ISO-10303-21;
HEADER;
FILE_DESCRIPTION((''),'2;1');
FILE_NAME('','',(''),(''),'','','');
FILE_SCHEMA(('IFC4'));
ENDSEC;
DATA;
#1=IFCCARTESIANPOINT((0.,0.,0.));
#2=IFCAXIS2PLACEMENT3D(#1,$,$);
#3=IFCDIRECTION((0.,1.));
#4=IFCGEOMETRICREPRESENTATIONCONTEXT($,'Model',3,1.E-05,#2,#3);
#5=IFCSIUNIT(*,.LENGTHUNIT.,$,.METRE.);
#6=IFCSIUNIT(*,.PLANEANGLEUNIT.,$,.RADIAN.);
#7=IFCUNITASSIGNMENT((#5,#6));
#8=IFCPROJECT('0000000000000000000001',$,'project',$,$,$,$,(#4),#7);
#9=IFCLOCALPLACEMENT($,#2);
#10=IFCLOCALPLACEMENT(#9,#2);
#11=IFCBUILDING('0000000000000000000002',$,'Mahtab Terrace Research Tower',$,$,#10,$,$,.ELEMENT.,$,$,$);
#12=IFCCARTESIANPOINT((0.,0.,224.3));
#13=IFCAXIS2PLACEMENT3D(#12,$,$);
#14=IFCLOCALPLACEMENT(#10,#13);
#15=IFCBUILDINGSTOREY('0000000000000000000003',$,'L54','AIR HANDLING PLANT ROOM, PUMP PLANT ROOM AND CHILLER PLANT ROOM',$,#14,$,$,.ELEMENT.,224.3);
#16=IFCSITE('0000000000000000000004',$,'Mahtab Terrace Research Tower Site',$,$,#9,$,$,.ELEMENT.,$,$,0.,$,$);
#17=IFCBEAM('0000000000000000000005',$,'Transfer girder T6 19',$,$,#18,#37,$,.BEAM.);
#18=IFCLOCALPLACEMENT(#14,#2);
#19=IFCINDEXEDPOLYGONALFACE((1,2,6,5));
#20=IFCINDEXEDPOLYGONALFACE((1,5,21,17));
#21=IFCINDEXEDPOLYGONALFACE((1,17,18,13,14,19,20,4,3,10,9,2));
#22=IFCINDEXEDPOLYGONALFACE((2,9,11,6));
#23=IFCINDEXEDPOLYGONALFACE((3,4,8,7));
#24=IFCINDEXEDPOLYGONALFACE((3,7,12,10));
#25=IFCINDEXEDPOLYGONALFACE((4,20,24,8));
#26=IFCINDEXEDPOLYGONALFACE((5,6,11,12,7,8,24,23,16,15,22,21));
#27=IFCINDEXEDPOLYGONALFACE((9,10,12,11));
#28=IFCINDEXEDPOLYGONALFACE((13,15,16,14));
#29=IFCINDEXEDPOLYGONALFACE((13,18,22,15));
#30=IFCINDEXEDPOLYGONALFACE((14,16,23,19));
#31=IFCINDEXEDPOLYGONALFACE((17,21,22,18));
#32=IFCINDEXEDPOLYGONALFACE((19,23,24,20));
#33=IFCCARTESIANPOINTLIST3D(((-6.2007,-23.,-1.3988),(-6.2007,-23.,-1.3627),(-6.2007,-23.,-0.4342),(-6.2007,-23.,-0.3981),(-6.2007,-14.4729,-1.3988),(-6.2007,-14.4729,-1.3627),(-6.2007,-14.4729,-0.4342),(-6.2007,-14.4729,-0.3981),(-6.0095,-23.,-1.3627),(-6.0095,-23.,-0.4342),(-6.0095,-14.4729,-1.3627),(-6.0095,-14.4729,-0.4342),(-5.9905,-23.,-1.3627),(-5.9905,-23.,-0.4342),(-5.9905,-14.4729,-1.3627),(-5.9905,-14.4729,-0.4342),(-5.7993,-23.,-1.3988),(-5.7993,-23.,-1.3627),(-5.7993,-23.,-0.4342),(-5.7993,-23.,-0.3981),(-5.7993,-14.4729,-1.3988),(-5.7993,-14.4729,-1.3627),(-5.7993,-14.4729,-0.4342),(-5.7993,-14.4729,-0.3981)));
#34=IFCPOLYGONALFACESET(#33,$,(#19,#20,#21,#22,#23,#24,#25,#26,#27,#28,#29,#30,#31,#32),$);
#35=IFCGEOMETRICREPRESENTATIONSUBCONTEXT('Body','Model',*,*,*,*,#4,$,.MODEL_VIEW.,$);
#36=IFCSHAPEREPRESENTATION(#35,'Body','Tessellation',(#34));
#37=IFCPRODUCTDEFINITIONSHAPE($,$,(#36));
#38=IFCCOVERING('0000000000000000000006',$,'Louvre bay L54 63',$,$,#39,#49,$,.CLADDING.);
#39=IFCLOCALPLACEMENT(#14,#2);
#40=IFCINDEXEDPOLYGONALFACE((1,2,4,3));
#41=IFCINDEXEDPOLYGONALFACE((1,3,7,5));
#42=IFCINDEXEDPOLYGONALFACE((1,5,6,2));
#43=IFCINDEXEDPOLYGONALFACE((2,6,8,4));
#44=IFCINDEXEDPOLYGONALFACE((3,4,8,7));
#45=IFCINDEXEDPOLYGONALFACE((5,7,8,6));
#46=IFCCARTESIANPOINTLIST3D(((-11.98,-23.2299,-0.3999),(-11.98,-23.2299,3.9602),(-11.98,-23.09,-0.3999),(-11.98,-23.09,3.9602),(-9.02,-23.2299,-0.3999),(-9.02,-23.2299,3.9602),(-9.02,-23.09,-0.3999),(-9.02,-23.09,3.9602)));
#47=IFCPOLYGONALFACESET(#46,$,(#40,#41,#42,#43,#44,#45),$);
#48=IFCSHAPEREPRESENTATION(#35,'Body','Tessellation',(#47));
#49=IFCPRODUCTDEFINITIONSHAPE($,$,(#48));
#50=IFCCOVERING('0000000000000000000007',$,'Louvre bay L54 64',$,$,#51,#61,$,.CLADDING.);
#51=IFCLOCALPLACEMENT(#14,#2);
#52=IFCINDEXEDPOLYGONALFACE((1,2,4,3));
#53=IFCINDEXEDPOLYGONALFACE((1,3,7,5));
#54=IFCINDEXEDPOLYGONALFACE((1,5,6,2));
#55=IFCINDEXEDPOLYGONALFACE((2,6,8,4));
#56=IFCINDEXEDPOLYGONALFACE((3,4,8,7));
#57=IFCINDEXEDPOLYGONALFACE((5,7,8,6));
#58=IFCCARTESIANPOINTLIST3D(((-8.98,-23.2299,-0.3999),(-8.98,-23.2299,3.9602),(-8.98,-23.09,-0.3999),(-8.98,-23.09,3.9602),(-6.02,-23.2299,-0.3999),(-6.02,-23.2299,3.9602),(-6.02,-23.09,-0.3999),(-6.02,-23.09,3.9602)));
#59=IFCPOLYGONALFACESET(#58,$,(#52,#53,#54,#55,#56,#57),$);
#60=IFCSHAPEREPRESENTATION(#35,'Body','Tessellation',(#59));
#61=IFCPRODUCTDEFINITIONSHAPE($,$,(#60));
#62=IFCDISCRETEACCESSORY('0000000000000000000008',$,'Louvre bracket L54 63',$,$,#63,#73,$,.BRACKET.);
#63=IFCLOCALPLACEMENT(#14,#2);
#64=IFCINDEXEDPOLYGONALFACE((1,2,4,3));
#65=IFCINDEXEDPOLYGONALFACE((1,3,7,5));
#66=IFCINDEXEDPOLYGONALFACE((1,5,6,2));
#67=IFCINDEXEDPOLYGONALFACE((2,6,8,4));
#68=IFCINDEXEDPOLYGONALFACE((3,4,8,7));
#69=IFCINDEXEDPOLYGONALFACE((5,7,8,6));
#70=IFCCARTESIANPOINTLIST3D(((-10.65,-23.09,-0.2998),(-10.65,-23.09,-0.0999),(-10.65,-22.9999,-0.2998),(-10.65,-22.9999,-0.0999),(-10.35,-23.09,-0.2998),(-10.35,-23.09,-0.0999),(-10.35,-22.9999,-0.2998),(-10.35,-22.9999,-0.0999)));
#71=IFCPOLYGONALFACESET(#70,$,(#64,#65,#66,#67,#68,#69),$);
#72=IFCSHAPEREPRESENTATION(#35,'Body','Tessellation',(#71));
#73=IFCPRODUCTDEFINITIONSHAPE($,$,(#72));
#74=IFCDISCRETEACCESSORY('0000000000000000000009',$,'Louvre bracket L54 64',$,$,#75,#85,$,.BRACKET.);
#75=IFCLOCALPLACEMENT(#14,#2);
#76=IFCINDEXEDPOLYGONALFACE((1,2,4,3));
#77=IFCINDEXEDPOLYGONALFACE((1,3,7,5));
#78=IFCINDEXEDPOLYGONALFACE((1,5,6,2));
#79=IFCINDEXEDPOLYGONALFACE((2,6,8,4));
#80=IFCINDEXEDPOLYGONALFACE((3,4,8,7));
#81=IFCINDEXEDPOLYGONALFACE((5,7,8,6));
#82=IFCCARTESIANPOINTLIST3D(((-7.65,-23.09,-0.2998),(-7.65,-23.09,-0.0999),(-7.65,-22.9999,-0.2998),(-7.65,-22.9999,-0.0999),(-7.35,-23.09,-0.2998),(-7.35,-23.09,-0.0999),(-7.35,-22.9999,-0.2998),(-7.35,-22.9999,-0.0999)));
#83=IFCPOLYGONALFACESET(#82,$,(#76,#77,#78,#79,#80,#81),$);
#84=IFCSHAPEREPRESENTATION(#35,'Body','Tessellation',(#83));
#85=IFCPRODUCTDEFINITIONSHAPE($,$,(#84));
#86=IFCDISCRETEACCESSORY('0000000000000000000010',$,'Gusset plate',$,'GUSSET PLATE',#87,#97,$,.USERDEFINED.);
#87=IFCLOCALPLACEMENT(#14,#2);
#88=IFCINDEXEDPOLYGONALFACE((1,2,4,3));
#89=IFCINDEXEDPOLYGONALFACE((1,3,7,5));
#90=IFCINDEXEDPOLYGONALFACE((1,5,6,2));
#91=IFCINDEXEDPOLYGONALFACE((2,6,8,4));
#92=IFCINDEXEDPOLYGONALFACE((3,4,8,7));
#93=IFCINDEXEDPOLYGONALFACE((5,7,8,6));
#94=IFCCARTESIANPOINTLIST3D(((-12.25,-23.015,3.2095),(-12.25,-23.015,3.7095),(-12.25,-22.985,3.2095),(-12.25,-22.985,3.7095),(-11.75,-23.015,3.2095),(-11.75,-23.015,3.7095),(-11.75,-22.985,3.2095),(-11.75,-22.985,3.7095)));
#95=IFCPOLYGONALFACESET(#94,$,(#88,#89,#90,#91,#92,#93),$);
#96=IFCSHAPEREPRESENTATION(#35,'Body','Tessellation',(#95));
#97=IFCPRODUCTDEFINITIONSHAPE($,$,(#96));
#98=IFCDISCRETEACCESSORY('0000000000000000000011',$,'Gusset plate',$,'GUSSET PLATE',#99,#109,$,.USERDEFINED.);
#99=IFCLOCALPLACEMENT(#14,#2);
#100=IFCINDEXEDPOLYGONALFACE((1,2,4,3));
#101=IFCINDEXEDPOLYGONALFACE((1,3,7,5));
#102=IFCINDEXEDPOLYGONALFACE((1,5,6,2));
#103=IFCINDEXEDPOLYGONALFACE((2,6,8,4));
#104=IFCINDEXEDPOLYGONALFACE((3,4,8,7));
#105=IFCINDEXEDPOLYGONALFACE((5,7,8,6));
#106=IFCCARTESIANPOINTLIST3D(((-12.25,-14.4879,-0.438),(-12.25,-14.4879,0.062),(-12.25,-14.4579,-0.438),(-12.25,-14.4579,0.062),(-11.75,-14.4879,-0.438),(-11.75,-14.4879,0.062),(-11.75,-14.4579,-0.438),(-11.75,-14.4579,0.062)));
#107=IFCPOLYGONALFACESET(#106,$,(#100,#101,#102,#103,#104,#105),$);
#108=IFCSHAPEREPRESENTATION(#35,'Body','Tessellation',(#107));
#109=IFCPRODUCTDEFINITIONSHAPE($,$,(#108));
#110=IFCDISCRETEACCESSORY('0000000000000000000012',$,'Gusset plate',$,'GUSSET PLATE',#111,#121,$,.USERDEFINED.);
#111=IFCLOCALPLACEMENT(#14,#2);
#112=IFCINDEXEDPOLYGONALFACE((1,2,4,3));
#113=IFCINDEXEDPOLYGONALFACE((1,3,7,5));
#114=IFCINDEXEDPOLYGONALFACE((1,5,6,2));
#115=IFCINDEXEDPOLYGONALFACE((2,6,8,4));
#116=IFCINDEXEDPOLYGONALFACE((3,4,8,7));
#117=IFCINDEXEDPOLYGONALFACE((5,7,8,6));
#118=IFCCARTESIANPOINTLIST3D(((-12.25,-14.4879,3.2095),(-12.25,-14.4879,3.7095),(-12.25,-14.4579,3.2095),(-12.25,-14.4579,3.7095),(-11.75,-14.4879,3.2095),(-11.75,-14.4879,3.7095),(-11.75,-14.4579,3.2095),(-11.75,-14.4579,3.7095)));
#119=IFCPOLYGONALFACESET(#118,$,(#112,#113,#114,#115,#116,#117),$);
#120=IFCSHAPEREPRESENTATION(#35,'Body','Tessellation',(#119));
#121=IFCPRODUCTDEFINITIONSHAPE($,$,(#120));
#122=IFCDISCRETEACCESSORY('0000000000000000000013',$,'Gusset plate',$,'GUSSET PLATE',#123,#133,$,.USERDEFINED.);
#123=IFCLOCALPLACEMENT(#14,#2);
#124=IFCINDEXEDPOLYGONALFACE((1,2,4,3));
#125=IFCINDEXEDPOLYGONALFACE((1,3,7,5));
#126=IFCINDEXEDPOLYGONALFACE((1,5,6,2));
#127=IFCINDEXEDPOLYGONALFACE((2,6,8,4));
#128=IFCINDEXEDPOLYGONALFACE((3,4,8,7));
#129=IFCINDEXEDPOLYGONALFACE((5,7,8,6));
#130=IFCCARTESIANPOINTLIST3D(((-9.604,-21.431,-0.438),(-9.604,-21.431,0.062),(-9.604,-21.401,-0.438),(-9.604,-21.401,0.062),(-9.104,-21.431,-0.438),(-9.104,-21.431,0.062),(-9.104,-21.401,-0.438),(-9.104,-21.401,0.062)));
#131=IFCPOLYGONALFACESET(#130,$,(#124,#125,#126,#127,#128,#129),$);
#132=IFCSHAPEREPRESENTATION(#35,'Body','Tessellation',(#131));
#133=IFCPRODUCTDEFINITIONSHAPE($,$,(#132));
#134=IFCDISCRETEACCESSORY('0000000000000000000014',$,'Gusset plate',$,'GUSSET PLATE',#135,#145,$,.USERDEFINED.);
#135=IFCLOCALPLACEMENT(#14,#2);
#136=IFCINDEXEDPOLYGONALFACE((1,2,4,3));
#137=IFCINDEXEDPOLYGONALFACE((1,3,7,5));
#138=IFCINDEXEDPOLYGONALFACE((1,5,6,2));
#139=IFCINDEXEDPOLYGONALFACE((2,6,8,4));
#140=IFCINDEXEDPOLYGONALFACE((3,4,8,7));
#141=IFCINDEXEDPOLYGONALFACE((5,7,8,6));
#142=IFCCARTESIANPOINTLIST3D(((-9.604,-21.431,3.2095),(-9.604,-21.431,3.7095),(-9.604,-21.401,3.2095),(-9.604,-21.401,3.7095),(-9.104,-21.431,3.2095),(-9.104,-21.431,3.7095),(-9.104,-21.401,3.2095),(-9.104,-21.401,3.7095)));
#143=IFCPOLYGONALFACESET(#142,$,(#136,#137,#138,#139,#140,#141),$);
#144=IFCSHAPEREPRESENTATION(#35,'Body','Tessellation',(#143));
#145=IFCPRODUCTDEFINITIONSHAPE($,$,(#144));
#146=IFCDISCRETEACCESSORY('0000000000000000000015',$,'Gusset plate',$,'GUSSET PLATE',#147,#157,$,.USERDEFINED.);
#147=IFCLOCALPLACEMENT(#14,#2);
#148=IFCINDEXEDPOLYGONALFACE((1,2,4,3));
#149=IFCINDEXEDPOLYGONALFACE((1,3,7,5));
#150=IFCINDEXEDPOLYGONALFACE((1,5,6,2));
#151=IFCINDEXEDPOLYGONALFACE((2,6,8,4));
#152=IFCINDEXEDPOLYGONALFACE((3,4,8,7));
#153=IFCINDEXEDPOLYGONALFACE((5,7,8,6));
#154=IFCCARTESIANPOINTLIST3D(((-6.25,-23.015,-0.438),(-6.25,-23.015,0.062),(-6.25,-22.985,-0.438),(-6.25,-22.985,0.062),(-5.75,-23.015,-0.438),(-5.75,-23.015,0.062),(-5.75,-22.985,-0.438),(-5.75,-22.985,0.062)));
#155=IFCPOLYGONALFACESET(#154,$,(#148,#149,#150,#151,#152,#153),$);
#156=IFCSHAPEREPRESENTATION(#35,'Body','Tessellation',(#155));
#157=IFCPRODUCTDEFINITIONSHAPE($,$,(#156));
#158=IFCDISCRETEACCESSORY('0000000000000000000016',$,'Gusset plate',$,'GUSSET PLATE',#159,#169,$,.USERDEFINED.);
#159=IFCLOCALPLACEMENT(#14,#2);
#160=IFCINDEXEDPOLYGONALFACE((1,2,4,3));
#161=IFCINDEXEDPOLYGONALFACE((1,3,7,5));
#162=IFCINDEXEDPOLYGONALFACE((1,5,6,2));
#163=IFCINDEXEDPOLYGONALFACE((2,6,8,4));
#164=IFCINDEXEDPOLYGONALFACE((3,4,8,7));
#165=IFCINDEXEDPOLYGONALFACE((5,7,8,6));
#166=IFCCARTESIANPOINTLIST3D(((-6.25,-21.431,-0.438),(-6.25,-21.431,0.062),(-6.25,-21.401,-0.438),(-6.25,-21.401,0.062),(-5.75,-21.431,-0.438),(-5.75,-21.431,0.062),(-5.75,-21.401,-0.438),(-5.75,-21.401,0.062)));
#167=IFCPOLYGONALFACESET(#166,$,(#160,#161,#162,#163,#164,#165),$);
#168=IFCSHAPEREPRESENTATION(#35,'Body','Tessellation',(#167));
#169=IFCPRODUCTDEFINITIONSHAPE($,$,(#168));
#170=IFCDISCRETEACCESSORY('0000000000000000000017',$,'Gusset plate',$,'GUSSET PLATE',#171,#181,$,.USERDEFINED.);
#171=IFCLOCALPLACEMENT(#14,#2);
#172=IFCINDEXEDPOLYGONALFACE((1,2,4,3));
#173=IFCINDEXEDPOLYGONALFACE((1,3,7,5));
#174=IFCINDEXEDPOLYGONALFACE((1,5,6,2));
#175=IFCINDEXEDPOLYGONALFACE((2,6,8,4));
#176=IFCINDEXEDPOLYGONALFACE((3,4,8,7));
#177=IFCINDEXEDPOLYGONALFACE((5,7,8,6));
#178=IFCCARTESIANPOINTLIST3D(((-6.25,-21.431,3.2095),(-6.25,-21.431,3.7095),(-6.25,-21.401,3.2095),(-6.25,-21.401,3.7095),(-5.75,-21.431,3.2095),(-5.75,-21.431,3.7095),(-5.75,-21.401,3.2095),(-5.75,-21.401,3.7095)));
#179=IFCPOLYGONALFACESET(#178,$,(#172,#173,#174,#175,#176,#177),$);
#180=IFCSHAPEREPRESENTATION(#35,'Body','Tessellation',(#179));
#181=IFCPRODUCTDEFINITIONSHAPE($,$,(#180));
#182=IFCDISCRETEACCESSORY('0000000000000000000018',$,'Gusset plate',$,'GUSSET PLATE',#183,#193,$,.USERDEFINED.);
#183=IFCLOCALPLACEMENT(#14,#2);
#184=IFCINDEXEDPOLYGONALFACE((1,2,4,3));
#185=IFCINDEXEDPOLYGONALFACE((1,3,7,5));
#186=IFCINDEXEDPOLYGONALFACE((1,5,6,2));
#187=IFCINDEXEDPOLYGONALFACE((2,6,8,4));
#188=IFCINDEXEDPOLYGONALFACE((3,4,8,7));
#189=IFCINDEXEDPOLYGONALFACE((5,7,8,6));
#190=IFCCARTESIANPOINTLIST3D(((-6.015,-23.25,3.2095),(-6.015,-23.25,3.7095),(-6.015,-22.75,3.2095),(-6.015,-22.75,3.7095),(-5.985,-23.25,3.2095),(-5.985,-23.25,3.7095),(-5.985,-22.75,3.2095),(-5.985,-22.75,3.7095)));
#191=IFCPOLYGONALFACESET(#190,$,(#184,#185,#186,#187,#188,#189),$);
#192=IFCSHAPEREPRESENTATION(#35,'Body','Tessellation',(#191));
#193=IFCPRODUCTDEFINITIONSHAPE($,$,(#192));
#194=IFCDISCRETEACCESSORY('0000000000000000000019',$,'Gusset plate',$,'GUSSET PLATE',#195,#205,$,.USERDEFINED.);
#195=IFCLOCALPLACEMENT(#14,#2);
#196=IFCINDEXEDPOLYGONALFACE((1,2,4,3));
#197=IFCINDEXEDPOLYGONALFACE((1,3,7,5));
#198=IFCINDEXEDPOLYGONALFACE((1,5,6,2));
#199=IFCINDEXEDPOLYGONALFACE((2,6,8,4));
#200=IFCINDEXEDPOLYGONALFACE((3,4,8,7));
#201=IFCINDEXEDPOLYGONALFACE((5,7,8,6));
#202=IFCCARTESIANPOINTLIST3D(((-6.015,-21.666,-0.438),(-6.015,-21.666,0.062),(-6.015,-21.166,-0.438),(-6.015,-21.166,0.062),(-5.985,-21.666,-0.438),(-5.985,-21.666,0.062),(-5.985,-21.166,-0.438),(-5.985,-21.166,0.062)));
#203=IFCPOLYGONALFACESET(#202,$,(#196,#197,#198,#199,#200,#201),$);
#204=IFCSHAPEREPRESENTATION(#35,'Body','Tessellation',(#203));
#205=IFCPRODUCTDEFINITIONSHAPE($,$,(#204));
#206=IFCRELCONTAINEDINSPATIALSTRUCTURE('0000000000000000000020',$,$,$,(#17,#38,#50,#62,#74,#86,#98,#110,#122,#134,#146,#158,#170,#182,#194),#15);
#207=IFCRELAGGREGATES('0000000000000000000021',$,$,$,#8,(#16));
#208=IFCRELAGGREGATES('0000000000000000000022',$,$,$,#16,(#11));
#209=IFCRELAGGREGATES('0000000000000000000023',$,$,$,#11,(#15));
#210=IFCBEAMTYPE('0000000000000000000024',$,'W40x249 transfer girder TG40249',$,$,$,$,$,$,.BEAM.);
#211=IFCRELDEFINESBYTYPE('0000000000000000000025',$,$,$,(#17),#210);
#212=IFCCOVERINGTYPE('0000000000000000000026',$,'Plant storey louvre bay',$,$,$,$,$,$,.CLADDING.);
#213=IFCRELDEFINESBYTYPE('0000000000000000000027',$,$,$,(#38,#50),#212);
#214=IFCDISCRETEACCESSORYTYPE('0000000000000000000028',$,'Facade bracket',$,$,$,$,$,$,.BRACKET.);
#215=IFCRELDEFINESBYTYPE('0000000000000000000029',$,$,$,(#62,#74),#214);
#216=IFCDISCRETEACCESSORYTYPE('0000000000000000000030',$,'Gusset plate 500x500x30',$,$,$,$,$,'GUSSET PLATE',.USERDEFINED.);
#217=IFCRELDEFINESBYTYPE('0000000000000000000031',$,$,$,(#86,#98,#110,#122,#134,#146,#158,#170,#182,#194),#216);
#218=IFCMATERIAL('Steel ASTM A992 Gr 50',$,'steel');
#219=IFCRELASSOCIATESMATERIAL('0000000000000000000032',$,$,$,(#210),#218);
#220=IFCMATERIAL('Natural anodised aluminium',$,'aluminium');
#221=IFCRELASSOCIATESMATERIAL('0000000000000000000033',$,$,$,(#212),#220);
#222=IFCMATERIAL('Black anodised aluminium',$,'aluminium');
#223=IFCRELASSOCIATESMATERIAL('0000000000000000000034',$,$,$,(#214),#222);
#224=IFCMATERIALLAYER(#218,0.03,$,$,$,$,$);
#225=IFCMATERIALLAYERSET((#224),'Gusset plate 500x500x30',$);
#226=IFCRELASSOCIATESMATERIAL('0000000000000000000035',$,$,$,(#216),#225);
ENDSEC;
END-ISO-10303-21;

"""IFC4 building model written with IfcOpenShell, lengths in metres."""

from ifc_helpers import new_model, si_unit, direction, frame, origin, origin_2d, place, context, subcontext, project, spatial, rectangle, i_section, extrude, material, layer, layer_set, material_profile, profile_set, type_object, element, save


model = new_model("IFC4")

# Units and contexts
model_context = context("Model", 3, precision=1e-05, world=origin(), true_north=direction((0.0, 1.0)))
body_context = subcontext(model_context, "Body", "Model", "MODEL_VIEW")
ifc_project = project(units=[si_unit("LENGTHUNIT", "METRE"), si_unit("PLANEANGLEUNIT", "RADIAN")], contexts=[model_context])

# Site, building, storey
site_placement = place(None, origin())
site = spatial("IfcSite", under=ifc_project, at=site_placement, Name="Mahtab Terrace Research Tower Site", CompositionType="ELEMENT", RefElevation=0.0)
building_placement = place(site_placement, origin())
building = spatial("IfcBuilding", under=site, at=building_placement, Name="Mahtab Terrace Research Tower", CompositionType="ELEMENT")
storey_placement = place(building_placement, frame((0.0, 0.0, 224.3)))
storey = spatial("IfcBuildingStorey", under=building, at=storey_placement, Name="L54", Description="AIR HANDLING PLANT ROOM, PUMP PLANT ROOM AND CHILLER PLANT ROOM", CompositionType="ELEMENT", Elevation=224.3)

# Shared definitions
ifc_material_1 = material(Name="Steel ASTM A992 Gr 50", Category="steel")

# Beam
ifc_material_profile_1 = material_profile(ifc_material_1, i_section(OverallWidth=0.4014, OverallDepth=1.0007, WebThickness=0.019, FlangeThickness=0.0361, at=origin_2d()), Name="W40X249")
ifc_profile_set_1 = profile_set([ifc_material_profile_1], Name="Steel ASTM A992 Gr 50")
beam_type = type_object("IfcBeamType", Name="W40x249 transfer girder TG40249", PredefinedType="BEAM", material=ifc_profile_set_1)
beam_placement = place(storey_placement, frame((-6.0, -23.0, -0.8984), z_axis=(0.0, 1.0, 0.0), x_axis=(-1.0, 0.0, 0.0)))
element("IfcBeam", 1, at=beam_placement, inside=storey, type_object=beam_type, Name="Transfer girder T6 19", PredefinedType="BEAM", context=body_context, shape_type="SweptSolid", body=[
    extrude(i_section(OverallWidth=0.4014, OverallDepth=1.0007, WebThickness=0.019, FlangeThickness=0.0361, at=origin_2d()), origin(), (0.0, 0.0, 1.0), 8.5271),
])

# Coverings
ifc_material_2 = material(Name="Natural anodised aluminium", Category="aluminium")
covering_type = type_object("IfcCoveringType", Name="Plant storey louvre bay", PredefinedType="CLADDING", material=ifc_material_2)
for number, where, z_axis, x_axis, name in (
    (2, (-10.5, -23.1599, -0.3999), (0.0, 0.0, 1.0), (1.0, 0.0, 0.0), "Louvre bay L54 63"),
    (3, (-7.5, -23.1599, -0.3999), (0.0, 0.0, 1.0), (1.0, 0.0, 0.0), "Louvre bay L54 64"),
):
    element("IfcCovering", number, at=place(storey_placement, frame(where, z_axis=z_axis, x_axis=x_axis)), inside=storey, type_object=covering_type, Name=name, PredefinedType="CLADDING", context=body_context, shape_type="SweptSolid", body=[
        extrude(rectangle(XDim=2.96, YDim=0.1399, at=origin_2d()), origin(), (0.0, 0.0, 1.0), 4.3601),
    ])

# Discrete accessories
ifc_material_3 = material(Name="Black anodised aluminium", Category="aluminium")
discrete_accessory_type_1 = type_object("IfcDiscreteAccessoryType", Name="Facade bracket", PredefinedType="BRACKET", material=ifc_material_3)
for number, where, z_axis, x_axis, name in (
    (4, (-10.5, -23.0449, -0.2998), (0.0, 0.0, 1.0), (1.0, 0.0, 0.0), "Louvre bracket L54 63"),
    (5, (-7.5, -23.0449, -0.2998), (0.0, 0.0, 1.0), (1.0, 0.0, 0.0), "Louvre bracket L54 64"),
):
    element("IfcDiscreteAccessory", number, at=place(storey_placement, frame(where, z_axis=z_axis, x_axis=x_axis)), inside=storey, type_object=discrete_accessory_type_1, Name=name, PredefinedType="BRACKET", context=body_context, shape_type="SweptSolid", body=[
        extrude(rectangle(XDim=0.3, YDim=0.0901, at=origin_2d()), origin(), (0.0, 0.0, 1.0), 0.2),
    ])
ifc_layer = layer(ifc_material_1, 0.03)
ifc_layer_set = layer_set([ifc_layer], Name="Gusset plate 500x500x30")
discrete_accessory_type_2 = type_object("IfcDiscreteAccessoryType", Name="Gusset plate 500x500x30", ElementType="GUSSET PLATE", PredefinedType="USERDEFINED", material=ifc_layer_set)
for number, where, z_axis, x_axis, name in (
    (6, (-12.0, -23.0, 3.2095), (0.0, 0.0, 1.0), (1.0, 0.0, 0.0), "Gusset plate"),
    (7, (-12.0, -14.4729, -0.438), (0.0, 0.0, 1.0), (1.0, 0.0, 0.0), "Gusset plate"),
    (8, (-12.0, -14.4729, 3.2095), (0.0, 0.0, 1.0), (1.0, 0.0, 0.0), "Gusset plate"),
    (9, (-9.354, -21.416, -0.438), (0.0, 0.0, 1.0), (1.0, 0.0, 0.0), "Gusset plate"),
    (10, (-9.354, -21.416, 3.2095), (0.0, 0.0, 1.0), (1.0, 0.0, 0.0), "Gusset plate"),
    (11, (-6.0, -23.0, -0.438), (0.0, 0.0, 1.0), (1.0, 0.0, 0.0), "Gusset plate"),
    (12, (-6.0, -21.416, -0.438), (0.0, 0.0, 1.0), (1.0, 0.0, 0.0), "Gusset plate"),
    (13, (-6.0, -21.416, 3.2095), (0.0, 0.0, 1.0), (1.0, 0.0, 0.0), "Gusset plate"),
    (14, (-6.0, -23.0, 3.2095), (0.0, 0.0, 1.0), (0.0, 1.0, 0.0), "Gusset plate"),
    (15, (-6.0, -21.416, -0.438), (0.0, 0.0, 1.0), (0.0, 1.0, 0.0), "Gusset plate"),
):
    element("IfcDiscreteAccessory", number, at=place(storey_placement, frame(where, z_axis=z_axis, x_axis=x_axis)), inside=storey, type_object=discrete_accessory_type_2, Name=name, ObjectType="GUSSET PLATE", PredefinedType="USERDEFINED", context=body_context, shape_type="SweptSolid", body=[
        extrude(rectangle(XDim=0.5, YDim=0.03, at=origin_2d()), origin(), (0.0, 0.0, 1.0), 0.5),
    ])

save(model, "model.ifc")
